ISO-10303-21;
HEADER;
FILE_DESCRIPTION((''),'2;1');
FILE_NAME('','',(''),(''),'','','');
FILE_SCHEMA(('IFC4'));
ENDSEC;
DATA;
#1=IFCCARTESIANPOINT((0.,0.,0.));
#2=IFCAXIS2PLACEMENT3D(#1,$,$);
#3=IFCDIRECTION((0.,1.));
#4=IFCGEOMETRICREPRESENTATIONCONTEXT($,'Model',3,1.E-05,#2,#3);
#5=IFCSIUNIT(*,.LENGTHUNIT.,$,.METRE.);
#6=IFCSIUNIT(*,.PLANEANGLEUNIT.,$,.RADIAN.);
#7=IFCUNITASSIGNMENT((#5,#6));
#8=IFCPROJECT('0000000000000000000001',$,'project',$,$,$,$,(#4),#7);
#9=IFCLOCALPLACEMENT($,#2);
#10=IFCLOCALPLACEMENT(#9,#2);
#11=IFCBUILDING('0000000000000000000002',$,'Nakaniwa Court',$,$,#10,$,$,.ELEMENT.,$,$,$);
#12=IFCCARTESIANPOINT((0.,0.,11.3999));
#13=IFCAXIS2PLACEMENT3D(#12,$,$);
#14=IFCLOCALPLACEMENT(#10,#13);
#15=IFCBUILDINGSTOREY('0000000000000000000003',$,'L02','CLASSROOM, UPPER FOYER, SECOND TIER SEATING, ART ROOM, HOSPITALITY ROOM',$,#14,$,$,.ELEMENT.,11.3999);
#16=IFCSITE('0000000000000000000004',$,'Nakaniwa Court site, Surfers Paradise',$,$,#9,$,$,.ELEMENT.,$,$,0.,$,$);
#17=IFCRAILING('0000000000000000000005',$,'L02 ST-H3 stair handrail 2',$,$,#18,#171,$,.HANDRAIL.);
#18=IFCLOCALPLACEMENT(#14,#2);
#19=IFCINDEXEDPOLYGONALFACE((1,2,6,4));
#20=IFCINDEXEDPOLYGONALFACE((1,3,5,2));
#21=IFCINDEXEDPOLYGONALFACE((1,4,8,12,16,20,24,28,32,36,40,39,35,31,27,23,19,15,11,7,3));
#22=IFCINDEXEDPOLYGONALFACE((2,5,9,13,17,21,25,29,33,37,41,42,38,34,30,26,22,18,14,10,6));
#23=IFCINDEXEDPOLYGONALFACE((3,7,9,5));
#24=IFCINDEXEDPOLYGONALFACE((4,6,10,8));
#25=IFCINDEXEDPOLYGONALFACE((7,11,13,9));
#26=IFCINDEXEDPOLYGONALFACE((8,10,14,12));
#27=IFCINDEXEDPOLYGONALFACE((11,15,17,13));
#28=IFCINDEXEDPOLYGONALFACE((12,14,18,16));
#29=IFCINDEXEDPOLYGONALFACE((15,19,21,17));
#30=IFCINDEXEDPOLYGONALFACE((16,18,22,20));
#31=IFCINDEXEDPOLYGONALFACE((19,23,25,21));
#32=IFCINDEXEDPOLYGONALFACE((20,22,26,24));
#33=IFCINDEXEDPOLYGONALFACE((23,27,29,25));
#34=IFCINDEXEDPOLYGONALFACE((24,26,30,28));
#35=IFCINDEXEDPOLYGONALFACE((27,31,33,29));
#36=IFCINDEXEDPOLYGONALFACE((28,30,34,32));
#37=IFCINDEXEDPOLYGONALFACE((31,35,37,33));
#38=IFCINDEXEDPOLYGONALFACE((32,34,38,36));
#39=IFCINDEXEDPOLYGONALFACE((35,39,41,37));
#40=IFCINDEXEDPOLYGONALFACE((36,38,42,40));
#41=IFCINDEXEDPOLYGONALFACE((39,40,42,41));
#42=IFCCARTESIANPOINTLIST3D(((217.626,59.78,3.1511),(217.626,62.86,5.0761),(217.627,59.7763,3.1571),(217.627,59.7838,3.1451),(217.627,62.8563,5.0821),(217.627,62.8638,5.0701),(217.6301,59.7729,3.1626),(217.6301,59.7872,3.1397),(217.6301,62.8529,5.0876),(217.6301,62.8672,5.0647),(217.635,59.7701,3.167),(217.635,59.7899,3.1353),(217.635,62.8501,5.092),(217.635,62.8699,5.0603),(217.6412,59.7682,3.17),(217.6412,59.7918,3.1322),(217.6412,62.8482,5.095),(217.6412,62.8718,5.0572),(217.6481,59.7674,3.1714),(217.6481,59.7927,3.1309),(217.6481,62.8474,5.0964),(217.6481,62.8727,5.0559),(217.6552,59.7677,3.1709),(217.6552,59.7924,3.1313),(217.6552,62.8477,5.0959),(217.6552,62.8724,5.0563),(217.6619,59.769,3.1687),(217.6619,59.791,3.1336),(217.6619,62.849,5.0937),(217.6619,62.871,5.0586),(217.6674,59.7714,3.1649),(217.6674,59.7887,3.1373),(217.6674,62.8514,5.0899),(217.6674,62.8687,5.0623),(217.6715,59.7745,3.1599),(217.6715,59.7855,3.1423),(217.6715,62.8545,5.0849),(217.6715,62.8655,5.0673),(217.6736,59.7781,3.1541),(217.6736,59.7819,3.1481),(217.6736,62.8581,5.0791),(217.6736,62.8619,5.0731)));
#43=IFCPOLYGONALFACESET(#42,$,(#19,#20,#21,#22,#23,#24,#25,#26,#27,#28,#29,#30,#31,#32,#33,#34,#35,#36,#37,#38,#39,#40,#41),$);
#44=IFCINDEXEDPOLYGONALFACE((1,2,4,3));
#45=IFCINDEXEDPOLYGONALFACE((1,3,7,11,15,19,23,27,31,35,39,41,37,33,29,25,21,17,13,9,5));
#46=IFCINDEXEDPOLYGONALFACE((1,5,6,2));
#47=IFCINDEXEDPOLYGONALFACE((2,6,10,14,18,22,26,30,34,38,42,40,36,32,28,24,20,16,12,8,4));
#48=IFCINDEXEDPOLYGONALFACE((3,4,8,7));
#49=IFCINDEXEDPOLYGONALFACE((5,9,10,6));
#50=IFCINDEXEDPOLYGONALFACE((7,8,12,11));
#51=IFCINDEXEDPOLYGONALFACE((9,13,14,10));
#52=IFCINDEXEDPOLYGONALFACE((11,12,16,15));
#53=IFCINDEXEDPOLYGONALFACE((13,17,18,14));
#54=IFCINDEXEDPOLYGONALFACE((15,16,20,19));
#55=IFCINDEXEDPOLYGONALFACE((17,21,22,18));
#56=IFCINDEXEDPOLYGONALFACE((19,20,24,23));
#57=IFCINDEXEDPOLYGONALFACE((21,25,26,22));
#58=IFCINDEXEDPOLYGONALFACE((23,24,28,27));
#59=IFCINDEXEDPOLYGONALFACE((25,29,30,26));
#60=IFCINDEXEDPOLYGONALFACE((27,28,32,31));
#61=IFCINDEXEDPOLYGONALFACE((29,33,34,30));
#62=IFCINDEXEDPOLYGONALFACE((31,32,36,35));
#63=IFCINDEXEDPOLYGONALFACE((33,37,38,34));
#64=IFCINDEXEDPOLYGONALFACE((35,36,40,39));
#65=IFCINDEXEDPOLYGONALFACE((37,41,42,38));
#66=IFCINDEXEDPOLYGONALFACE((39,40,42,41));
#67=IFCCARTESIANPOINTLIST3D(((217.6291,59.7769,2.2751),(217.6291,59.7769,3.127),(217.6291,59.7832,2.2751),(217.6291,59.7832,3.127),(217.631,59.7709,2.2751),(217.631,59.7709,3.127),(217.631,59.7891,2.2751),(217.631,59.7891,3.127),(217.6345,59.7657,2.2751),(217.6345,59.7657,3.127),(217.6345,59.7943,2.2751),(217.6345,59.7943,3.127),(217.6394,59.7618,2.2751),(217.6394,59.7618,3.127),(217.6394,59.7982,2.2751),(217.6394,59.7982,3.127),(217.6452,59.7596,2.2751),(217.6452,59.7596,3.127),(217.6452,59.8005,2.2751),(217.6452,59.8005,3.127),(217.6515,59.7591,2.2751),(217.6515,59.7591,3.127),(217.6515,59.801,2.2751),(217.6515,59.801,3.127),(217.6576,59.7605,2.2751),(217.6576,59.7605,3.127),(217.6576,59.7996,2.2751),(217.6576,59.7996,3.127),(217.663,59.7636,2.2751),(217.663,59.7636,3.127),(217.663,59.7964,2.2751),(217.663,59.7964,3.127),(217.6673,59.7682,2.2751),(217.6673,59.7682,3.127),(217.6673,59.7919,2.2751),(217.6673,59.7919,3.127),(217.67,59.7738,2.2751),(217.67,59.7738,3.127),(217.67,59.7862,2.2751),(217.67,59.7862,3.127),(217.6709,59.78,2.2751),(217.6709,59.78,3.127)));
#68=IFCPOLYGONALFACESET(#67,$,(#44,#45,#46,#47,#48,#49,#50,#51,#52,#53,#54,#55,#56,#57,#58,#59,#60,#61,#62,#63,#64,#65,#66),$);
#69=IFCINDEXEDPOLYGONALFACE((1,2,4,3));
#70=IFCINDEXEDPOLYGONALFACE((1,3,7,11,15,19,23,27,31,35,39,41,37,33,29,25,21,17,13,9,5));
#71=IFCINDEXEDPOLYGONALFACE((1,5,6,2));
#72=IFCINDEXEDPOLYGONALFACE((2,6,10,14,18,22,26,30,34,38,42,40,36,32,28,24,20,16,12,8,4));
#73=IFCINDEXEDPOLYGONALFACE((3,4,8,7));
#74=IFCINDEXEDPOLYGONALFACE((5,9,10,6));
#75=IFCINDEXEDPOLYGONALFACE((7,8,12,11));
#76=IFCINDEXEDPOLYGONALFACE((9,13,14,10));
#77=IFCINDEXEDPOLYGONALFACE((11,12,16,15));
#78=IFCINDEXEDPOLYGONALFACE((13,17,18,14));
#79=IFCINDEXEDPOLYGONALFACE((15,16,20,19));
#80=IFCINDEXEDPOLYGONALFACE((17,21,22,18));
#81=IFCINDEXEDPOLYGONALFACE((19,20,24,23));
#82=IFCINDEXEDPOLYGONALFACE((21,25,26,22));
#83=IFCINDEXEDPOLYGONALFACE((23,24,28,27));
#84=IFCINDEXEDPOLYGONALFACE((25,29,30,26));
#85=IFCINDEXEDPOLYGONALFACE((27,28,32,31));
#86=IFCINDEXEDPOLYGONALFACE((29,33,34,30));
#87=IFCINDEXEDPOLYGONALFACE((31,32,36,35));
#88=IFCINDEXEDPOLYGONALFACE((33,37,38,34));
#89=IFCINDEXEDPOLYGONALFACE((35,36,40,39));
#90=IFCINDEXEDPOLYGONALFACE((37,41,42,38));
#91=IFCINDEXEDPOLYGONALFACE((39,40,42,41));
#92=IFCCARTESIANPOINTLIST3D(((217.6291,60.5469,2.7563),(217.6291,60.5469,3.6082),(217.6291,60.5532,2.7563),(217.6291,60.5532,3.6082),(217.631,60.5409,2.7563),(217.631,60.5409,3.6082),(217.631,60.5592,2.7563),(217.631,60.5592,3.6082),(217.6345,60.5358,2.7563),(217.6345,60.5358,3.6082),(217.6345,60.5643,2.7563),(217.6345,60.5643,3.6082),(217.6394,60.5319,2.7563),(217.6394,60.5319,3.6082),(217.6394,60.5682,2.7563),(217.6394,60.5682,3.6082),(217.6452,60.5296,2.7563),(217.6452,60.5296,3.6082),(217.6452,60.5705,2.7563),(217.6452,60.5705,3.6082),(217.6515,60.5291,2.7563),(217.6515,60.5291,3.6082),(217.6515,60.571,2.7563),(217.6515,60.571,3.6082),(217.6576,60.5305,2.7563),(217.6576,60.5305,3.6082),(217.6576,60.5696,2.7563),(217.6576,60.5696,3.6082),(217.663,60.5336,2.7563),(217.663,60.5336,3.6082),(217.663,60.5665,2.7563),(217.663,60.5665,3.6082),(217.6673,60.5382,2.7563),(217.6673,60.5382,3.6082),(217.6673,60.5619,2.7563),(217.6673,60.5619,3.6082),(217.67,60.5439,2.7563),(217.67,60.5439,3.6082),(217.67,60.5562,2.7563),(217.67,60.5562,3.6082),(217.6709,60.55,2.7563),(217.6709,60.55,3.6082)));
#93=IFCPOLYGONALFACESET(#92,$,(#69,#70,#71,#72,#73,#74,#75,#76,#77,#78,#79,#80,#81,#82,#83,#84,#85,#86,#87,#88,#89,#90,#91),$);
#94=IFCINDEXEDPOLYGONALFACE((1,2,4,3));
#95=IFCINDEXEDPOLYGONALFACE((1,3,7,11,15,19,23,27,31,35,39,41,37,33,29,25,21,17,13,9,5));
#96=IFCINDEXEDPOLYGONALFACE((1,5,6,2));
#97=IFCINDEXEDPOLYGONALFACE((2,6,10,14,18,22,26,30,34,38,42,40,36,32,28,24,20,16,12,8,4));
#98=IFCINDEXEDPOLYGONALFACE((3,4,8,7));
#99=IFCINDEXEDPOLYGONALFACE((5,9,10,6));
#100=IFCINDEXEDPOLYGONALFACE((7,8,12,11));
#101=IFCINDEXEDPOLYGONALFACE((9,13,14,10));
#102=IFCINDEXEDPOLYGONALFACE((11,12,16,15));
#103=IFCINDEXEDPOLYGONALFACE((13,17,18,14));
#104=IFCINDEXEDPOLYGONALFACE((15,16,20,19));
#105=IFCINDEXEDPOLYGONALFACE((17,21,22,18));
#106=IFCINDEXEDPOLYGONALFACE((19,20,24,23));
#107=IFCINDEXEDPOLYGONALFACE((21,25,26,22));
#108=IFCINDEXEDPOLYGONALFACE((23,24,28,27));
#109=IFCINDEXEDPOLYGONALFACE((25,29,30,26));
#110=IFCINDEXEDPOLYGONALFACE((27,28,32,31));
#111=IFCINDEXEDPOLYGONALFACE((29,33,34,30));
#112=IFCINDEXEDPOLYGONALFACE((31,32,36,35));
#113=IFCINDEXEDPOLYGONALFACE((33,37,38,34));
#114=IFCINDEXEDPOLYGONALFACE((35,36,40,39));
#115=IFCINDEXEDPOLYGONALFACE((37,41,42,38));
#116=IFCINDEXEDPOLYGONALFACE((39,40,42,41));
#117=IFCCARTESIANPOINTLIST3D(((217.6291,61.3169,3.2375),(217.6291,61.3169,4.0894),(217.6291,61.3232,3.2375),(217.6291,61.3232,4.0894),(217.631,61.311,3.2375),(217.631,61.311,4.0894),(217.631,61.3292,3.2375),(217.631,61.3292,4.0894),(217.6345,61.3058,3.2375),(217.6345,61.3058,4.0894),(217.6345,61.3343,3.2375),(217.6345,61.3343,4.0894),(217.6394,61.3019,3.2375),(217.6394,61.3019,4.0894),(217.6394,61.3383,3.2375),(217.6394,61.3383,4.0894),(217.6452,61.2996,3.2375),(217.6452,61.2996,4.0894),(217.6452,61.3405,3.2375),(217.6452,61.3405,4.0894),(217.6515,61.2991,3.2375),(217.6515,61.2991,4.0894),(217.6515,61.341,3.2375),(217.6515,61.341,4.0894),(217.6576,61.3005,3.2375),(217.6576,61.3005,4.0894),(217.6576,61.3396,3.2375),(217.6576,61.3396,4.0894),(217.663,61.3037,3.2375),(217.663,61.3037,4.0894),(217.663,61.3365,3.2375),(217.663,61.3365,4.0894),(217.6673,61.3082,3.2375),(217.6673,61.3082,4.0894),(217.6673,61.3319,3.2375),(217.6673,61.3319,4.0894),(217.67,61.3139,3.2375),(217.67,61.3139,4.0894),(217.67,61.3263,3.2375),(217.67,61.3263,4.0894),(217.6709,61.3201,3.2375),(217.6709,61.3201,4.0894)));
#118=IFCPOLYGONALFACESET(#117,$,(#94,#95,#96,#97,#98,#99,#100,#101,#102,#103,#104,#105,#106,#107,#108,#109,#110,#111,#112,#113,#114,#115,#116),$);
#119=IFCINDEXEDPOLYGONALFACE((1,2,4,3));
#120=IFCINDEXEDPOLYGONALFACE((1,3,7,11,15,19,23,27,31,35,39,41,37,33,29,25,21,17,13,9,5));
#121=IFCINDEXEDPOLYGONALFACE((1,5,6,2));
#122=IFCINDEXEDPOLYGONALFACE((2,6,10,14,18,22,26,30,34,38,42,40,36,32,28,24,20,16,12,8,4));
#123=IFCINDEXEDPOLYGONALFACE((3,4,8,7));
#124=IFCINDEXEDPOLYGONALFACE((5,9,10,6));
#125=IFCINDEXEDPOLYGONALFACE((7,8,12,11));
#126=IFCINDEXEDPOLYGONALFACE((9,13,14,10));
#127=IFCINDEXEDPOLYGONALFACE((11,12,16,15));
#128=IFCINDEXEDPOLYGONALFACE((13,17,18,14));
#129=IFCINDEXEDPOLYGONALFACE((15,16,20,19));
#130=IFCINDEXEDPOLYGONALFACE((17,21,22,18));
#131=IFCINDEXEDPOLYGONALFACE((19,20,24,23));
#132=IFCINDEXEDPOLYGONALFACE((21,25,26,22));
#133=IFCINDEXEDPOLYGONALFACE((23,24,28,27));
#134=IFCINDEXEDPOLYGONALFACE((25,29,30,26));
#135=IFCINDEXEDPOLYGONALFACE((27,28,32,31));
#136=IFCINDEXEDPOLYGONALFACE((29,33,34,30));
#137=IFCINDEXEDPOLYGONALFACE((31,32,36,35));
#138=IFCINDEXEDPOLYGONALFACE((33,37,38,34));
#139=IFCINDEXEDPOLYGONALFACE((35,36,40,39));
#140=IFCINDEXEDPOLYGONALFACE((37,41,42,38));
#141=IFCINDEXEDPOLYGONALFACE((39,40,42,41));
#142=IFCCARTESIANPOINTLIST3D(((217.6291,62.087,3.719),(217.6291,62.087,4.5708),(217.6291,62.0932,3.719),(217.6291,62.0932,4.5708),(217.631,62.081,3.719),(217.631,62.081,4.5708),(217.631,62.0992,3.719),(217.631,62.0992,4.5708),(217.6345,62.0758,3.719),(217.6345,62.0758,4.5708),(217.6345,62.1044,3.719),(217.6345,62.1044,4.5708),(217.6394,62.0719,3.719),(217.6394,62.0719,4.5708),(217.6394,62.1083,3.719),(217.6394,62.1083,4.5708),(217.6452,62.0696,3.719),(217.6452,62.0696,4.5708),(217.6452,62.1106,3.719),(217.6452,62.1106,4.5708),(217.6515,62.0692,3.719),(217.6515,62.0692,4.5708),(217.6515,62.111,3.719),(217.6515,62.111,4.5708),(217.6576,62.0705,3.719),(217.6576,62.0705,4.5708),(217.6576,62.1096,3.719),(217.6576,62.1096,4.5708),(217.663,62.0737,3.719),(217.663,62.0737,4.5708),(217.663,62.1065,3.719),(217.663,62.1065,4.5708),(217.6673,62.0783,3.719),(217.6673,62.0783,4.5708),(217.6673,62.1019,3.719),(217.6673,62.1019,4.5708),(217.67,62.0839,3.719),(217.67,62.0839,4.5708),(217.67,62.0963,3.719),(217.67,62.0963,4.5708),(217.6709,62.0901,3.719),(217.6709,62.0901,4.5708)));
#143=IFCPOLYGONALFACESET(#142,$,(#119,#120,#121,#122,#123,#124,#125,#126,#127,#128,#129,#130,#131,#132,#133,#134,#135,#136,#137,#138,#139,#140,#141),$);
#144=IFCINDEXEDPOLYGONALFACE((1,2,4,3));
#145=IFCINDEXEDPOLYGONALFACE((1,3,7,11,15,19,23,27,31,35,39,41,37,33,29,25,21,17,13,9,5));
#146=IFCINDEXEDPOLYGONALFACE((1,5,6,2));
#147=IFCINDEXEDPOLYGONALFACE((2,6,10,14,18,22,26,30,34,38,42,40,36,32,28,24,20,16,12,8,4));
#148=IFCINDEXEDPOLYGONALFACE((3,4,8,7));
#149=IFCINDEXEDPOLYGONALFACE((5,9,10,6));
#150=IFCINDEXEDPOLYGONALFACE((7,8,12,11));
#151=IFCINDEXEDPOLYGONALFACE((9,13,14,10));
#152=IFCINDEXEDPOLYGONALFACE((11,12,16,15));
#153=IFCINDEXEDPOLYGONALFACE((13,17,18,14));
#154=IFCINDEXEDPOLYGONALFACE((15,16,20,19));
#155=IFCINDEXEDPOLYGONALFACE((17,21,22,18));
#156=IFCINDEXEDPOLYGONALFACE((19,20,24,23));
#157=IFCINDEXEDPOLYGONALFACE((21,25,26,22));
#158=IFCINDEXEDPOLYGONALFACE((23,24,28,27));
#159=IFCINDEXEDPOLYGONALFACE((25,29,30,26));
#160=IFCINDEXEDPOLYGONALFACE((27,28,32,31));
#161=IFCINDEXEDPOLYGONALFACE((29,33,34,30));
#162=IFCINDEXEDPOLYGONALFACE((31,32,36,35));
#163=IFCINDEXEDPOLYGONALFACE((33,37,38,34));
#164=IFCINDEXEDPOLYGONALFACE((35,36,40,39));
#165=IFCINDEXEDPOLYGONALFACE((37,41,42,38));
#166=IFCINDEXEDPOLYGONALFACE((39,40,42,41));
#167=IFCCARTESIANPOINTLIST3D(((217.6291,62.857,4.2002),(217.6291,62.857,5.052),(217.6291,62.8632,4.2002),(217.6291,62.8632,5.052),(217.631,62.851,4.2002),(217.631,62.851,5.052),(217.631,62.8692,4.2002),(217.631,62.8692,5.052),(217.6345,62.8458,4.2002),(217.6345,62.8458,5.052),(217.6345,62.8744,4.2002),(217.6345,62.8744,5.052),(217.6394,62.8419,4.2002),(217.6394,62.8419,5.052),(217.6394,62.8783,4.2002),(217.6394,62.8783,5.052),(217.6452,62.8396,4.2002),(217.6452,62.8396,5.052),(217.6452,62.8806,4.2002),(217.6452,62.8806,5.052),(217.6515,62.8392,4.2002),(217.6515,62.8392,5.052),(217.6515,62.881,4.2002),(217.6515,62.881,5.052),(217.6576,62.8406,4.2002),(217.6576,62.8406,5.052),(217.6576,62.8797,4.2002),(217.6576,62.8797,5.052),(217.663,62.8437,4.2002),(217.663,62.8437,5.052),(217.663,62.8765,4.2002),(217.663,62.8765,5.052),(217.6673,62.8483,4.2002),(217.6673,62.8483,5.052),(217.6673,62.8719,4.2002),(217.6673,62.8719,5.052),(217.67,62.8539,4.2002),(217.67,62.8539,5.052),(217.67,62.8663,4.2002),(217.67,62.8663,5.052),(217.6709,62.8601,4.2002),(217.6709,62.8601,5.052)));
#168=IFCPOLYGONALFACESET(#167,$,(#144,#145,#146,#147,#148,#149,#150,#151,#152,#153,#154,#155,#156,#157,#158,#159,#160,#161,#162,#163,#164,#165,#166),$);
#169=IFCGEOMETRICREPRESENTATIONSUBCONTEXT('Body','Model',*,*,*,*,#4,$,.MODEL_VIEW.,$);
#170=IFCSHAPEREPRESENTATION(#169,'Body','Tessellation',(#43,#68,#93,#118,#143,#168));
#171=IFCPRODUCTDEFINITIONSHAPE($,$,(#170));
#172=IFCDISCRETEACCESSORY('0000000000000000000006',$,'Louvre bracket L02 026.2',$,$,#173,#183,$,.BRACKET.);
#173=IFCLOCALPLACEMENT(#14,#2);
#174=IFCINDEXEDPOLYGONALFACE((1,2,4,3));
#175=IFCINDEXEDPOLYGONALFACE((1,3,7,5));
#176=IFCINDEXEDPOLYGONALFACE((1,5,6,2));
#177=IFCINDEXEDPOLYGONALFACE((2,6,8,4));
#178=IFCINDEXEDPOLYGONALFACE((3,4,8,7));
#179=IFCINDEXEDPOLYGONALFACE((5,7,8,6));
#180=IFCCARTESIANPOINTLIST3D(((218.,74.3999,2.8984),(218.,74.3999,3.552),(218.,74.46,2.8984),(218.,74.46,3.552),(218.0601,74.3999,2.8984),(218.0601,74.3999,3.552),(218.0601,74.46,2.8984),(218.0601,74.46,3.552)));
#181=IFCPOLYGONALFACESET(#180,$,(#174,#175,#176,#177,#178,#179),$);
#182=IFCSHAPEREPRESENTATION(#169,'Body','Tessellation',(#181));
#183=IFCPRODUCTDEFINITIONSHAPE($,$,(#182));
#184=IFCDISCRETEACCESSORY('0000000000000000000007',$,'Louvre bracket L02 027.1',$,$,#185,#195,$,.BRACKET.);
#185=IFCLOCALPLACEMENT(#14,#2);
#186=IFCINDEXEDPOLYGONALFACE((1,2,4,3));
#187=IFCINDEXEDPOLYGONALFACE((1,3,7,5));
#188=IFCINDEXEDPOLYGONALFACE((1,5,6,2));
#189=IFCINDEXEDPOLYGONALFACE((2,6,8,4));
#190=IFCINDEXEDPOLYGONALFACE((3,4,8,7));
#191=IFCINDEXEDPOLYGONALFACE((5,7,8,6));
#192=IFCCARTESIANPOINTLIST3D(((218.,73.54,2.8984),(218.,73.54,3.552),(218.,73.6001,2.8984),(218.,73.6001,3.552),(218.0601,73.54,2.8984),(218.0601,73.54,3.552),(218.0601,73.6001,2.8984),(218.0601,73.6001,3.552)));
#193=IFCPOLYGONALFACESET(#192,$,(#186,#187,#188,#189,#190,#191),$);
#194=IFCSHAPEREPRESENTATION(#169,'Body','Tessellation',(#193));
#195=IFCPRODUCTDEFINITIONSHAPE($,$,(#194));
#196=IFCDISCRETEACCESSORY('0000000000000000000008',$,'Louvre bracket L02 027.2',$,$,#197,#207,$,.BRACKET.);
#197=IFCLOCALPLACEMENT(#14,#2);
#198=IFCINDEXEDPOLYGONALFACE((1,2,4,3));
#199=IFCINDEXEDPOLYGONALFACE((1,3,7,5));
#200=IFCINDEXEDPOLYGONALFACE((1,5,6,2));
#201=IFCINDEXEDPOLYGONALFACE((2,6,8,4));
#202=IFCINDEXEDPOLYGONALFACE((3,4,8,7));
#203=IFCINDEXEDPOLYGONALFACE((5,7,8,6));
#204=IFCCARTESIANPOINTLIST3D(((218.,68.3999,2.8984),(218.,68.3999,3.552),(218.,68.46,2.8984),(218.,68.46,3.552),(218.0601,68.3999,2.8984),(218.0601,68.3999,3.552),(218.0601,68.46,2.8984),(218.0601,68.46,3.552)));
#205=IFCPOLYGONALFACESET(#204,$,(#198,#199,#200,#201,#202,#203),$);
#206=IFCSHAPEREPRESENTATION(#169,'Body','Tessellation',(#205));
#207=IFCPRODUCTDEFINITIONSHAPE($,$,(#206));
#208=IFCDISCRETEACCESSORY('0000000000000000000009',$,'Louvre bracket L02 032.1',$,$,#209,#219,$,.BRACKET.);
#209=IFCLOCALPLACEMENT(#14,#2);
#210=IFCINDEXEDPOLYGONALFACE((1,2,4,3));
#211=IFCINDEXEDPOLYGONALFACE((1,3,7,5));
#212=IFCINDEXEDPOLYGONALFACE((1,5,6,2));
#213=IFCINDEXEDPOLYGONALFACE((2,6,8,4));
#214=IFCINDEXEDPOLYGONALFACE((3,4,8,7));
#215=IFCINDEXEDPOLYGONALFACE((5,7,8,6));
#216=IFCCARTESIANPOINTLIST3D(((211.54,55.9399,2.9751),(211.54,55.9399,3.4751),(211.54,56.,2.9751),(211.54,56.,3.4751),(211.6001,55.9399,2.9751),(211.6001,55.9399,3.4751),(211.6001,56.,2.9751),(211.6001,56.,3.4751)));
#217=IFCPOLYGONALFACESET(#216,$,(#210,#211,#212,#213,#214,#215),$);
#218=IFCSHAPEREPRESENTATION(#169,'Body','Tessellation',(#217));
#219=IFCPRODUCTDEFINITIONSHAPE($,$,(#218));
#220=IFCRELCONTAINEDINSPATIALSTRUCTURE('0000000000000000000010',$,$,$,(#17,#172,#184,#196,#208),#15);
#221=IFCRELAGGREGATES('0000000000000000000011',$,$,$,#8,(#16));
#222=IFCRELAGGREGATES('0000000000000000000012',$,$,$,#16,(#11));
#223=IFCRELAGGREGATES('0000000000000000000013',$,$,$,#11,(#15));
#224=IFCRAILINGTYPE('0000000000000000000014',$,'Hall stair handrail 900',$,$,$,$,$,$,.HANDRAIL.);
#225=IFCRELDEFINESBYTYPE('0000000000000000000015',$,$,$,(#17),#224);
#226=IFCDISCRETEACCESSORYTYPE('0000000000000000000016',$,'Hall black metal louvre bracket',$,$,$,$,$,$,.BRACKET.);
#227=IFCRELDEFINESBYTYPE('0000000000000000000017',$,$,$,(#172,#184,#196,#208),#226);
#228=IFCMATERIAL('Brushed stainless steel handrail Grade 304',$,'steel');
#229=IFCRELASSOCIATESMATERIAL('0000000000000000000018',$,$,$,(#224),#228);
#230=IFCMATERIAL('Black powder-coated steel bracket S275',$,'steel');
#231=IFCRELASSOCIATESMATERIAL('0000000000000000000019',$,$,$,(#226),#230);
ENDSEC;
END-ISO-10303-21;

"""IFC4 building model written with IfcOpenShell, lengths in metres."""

from ifc_helpers import new_model, si_unit, direction, frame, origin, origin_2d, place, context, subcontext, project, spatial, rectangle, circle, extrude, material, type_object, element, save


model = new_model("IFC4")

# Units and contexts
model_context = context("Model", 3, precision=1e-05, world=origin(), true_north=direction((0.0, 1.0)))
body_context = subcontext(model_context, "Body", "Model", "MODEL_VIEW")
ifc_project = project(units=[si_unit("LENGTHUNIT", "METRE"), si_unit("PLANEANGLEUNIT", "RADIAN")], contexts=[model_context])

# Site, building, storey
site_placement = place(None, origin())
site = spatial("IfcSite", under=ifc_project, at=site_placement, Name="Nakaniwa Court site, Surfers Paradise", CompositionType="ELEMENT", RefElevation=0.0)
building_placement = place(site_placement, origin())
building = spatial("IfcBuilding", under=site, at=building_placement, Name="Nakaniwa Court", CompositionType="ELEMENT")
storey_placement = place(building_placement, frame((0.0, 0.0, 11.3999)))
storey = spatial("IfcBuildingStorey", under=building, at=storey_placement, Name="L02", Description="CLASSROOM, UPPER FOYER, SECOND TIER SEATING, ART ROOM, HOSPITALITY ROOM", CompositionType="ELEMENT", Elevation=11.3999)

# Railing
ifc_material_1 = material(Name="Brushed stainless steel handrail Grade 304", Category="steel")
railing_type_1 = type_object("IfcRailingType", Name="Hall stair handrail 900", PredefinedType="HANDRAIL", material=ifc_material_1)
railing_1_placement = place(storey_placement, frame((217.6499, 59.78, 2.2751)))
element("IfcRailing", 1, at=railing_1_placement, inside=storey, type_object=railing_type_1, Name="L02 ST-H3 stair handrail 2", PredefinedType="HANDRAIL", context=body_context, shape_type="SweptSolid", body=[
    extrude(circle(Radius=0.0239, at=origin_2d()), frame((0.0, 0.0, 0.876), z_axis=(0.0, 0.847998, 0.529999), x_axis=(-1.0, 0.0, 0.0)), (0.0, 0.0, 1.0), 3.6321),
    extrude(circle(Radius=0.021, at=origin_2d()), origin(), (0.0, 0.0, 1.0), 0.8518),
    extrude(circle(Radius=0.021, at=origin_2d()), frame((0.0, 0.77, 0.4812)), (0.0, 0.0, 1.0), 0.8518),
    extrude(circle(Radius=0.021, at=origin_2d()), frame((0.0, 1.54, 0.9624)), (0.0, 0.0, 1.0), 0.8518),
    extrude(circle(Radius=0.021, at=origin_2d()), frame((0.0, 2.3101, 1.4438)), (0.0, 0.0, 1.0), 0.8518),
    extrude(circle(Radius=0.021, at=origin_2d()), frame((0.0, 3.0801, 1.925)), (0.0, 0.0, 1.0), 0.8518),
])

# Discrete accessories
ifc_material_2 = material(Name="Black powder-coated steel bracket S275", Category="steel")
discrete_accessory_type = type_object("IfcDiscreteAccessoryType", Name="Hall black metal louvre bracket", PredefinedType="BRACKET", material=ifc_material_2)
for number, where, z_axis, x_axis, name in (
    (2, (218.03, 74.4299, 2.8984), (0.0, 0.0, 1.0), (0.0, -1.0, 0.0), "Louvre bracket L02 026.2"),
    (3, (218.03, 73.5701, 2.8984), (0.0, 0.0, 1.0), (0.0, -1.0, 0.0), "Louvre bracket L02 027.1"),
    (4, (218.03, 68.4299, 2.8984), (0.0, 0.0, 1.0), (0.0, -1.0, 0.0), "Louvre bracket L02 027.2"),
):
    element("IfcDiscreteAccessory", number, at=place(storey_placement, frame(where, z_axis=z_axis, x_axis=x_axis)), inside=storey, type_object=discrete_accessory_type, Name=name, PredefinedType="BRACKET", context=body_context, shape_type="SweptSolid", body=[
        extrude(rectangle(XDim=0.0601, YDim=0.0601, at=origin_2d()), origin(), (0.0, 0.0, 1.0), 0.6536),
    ])
discrete_accessory_placement = place(storey_placement, frame((211.5701, 55.97, 2.9751), z_axis=(0.0, 0.0, 1.0), x_axis=(-1.0, 0.0, 0.0)))
element("IfcDiscreteAccessory", 5, at=discrete_accessory_placement, inside=storey, type_object=discrete_accessory_type, Name="Louvre bracket L02 032.1", PredefinedType="BRACKET", context=body_context, shape_type="SweptSolid", body=[
    extrude(rectangle(XDim=0.0601, YDim=0.0601, at=origin_2d()), origin(), (0.0, 0.0, 1.0), 0.5),
])

save(model, "model.ifc")
